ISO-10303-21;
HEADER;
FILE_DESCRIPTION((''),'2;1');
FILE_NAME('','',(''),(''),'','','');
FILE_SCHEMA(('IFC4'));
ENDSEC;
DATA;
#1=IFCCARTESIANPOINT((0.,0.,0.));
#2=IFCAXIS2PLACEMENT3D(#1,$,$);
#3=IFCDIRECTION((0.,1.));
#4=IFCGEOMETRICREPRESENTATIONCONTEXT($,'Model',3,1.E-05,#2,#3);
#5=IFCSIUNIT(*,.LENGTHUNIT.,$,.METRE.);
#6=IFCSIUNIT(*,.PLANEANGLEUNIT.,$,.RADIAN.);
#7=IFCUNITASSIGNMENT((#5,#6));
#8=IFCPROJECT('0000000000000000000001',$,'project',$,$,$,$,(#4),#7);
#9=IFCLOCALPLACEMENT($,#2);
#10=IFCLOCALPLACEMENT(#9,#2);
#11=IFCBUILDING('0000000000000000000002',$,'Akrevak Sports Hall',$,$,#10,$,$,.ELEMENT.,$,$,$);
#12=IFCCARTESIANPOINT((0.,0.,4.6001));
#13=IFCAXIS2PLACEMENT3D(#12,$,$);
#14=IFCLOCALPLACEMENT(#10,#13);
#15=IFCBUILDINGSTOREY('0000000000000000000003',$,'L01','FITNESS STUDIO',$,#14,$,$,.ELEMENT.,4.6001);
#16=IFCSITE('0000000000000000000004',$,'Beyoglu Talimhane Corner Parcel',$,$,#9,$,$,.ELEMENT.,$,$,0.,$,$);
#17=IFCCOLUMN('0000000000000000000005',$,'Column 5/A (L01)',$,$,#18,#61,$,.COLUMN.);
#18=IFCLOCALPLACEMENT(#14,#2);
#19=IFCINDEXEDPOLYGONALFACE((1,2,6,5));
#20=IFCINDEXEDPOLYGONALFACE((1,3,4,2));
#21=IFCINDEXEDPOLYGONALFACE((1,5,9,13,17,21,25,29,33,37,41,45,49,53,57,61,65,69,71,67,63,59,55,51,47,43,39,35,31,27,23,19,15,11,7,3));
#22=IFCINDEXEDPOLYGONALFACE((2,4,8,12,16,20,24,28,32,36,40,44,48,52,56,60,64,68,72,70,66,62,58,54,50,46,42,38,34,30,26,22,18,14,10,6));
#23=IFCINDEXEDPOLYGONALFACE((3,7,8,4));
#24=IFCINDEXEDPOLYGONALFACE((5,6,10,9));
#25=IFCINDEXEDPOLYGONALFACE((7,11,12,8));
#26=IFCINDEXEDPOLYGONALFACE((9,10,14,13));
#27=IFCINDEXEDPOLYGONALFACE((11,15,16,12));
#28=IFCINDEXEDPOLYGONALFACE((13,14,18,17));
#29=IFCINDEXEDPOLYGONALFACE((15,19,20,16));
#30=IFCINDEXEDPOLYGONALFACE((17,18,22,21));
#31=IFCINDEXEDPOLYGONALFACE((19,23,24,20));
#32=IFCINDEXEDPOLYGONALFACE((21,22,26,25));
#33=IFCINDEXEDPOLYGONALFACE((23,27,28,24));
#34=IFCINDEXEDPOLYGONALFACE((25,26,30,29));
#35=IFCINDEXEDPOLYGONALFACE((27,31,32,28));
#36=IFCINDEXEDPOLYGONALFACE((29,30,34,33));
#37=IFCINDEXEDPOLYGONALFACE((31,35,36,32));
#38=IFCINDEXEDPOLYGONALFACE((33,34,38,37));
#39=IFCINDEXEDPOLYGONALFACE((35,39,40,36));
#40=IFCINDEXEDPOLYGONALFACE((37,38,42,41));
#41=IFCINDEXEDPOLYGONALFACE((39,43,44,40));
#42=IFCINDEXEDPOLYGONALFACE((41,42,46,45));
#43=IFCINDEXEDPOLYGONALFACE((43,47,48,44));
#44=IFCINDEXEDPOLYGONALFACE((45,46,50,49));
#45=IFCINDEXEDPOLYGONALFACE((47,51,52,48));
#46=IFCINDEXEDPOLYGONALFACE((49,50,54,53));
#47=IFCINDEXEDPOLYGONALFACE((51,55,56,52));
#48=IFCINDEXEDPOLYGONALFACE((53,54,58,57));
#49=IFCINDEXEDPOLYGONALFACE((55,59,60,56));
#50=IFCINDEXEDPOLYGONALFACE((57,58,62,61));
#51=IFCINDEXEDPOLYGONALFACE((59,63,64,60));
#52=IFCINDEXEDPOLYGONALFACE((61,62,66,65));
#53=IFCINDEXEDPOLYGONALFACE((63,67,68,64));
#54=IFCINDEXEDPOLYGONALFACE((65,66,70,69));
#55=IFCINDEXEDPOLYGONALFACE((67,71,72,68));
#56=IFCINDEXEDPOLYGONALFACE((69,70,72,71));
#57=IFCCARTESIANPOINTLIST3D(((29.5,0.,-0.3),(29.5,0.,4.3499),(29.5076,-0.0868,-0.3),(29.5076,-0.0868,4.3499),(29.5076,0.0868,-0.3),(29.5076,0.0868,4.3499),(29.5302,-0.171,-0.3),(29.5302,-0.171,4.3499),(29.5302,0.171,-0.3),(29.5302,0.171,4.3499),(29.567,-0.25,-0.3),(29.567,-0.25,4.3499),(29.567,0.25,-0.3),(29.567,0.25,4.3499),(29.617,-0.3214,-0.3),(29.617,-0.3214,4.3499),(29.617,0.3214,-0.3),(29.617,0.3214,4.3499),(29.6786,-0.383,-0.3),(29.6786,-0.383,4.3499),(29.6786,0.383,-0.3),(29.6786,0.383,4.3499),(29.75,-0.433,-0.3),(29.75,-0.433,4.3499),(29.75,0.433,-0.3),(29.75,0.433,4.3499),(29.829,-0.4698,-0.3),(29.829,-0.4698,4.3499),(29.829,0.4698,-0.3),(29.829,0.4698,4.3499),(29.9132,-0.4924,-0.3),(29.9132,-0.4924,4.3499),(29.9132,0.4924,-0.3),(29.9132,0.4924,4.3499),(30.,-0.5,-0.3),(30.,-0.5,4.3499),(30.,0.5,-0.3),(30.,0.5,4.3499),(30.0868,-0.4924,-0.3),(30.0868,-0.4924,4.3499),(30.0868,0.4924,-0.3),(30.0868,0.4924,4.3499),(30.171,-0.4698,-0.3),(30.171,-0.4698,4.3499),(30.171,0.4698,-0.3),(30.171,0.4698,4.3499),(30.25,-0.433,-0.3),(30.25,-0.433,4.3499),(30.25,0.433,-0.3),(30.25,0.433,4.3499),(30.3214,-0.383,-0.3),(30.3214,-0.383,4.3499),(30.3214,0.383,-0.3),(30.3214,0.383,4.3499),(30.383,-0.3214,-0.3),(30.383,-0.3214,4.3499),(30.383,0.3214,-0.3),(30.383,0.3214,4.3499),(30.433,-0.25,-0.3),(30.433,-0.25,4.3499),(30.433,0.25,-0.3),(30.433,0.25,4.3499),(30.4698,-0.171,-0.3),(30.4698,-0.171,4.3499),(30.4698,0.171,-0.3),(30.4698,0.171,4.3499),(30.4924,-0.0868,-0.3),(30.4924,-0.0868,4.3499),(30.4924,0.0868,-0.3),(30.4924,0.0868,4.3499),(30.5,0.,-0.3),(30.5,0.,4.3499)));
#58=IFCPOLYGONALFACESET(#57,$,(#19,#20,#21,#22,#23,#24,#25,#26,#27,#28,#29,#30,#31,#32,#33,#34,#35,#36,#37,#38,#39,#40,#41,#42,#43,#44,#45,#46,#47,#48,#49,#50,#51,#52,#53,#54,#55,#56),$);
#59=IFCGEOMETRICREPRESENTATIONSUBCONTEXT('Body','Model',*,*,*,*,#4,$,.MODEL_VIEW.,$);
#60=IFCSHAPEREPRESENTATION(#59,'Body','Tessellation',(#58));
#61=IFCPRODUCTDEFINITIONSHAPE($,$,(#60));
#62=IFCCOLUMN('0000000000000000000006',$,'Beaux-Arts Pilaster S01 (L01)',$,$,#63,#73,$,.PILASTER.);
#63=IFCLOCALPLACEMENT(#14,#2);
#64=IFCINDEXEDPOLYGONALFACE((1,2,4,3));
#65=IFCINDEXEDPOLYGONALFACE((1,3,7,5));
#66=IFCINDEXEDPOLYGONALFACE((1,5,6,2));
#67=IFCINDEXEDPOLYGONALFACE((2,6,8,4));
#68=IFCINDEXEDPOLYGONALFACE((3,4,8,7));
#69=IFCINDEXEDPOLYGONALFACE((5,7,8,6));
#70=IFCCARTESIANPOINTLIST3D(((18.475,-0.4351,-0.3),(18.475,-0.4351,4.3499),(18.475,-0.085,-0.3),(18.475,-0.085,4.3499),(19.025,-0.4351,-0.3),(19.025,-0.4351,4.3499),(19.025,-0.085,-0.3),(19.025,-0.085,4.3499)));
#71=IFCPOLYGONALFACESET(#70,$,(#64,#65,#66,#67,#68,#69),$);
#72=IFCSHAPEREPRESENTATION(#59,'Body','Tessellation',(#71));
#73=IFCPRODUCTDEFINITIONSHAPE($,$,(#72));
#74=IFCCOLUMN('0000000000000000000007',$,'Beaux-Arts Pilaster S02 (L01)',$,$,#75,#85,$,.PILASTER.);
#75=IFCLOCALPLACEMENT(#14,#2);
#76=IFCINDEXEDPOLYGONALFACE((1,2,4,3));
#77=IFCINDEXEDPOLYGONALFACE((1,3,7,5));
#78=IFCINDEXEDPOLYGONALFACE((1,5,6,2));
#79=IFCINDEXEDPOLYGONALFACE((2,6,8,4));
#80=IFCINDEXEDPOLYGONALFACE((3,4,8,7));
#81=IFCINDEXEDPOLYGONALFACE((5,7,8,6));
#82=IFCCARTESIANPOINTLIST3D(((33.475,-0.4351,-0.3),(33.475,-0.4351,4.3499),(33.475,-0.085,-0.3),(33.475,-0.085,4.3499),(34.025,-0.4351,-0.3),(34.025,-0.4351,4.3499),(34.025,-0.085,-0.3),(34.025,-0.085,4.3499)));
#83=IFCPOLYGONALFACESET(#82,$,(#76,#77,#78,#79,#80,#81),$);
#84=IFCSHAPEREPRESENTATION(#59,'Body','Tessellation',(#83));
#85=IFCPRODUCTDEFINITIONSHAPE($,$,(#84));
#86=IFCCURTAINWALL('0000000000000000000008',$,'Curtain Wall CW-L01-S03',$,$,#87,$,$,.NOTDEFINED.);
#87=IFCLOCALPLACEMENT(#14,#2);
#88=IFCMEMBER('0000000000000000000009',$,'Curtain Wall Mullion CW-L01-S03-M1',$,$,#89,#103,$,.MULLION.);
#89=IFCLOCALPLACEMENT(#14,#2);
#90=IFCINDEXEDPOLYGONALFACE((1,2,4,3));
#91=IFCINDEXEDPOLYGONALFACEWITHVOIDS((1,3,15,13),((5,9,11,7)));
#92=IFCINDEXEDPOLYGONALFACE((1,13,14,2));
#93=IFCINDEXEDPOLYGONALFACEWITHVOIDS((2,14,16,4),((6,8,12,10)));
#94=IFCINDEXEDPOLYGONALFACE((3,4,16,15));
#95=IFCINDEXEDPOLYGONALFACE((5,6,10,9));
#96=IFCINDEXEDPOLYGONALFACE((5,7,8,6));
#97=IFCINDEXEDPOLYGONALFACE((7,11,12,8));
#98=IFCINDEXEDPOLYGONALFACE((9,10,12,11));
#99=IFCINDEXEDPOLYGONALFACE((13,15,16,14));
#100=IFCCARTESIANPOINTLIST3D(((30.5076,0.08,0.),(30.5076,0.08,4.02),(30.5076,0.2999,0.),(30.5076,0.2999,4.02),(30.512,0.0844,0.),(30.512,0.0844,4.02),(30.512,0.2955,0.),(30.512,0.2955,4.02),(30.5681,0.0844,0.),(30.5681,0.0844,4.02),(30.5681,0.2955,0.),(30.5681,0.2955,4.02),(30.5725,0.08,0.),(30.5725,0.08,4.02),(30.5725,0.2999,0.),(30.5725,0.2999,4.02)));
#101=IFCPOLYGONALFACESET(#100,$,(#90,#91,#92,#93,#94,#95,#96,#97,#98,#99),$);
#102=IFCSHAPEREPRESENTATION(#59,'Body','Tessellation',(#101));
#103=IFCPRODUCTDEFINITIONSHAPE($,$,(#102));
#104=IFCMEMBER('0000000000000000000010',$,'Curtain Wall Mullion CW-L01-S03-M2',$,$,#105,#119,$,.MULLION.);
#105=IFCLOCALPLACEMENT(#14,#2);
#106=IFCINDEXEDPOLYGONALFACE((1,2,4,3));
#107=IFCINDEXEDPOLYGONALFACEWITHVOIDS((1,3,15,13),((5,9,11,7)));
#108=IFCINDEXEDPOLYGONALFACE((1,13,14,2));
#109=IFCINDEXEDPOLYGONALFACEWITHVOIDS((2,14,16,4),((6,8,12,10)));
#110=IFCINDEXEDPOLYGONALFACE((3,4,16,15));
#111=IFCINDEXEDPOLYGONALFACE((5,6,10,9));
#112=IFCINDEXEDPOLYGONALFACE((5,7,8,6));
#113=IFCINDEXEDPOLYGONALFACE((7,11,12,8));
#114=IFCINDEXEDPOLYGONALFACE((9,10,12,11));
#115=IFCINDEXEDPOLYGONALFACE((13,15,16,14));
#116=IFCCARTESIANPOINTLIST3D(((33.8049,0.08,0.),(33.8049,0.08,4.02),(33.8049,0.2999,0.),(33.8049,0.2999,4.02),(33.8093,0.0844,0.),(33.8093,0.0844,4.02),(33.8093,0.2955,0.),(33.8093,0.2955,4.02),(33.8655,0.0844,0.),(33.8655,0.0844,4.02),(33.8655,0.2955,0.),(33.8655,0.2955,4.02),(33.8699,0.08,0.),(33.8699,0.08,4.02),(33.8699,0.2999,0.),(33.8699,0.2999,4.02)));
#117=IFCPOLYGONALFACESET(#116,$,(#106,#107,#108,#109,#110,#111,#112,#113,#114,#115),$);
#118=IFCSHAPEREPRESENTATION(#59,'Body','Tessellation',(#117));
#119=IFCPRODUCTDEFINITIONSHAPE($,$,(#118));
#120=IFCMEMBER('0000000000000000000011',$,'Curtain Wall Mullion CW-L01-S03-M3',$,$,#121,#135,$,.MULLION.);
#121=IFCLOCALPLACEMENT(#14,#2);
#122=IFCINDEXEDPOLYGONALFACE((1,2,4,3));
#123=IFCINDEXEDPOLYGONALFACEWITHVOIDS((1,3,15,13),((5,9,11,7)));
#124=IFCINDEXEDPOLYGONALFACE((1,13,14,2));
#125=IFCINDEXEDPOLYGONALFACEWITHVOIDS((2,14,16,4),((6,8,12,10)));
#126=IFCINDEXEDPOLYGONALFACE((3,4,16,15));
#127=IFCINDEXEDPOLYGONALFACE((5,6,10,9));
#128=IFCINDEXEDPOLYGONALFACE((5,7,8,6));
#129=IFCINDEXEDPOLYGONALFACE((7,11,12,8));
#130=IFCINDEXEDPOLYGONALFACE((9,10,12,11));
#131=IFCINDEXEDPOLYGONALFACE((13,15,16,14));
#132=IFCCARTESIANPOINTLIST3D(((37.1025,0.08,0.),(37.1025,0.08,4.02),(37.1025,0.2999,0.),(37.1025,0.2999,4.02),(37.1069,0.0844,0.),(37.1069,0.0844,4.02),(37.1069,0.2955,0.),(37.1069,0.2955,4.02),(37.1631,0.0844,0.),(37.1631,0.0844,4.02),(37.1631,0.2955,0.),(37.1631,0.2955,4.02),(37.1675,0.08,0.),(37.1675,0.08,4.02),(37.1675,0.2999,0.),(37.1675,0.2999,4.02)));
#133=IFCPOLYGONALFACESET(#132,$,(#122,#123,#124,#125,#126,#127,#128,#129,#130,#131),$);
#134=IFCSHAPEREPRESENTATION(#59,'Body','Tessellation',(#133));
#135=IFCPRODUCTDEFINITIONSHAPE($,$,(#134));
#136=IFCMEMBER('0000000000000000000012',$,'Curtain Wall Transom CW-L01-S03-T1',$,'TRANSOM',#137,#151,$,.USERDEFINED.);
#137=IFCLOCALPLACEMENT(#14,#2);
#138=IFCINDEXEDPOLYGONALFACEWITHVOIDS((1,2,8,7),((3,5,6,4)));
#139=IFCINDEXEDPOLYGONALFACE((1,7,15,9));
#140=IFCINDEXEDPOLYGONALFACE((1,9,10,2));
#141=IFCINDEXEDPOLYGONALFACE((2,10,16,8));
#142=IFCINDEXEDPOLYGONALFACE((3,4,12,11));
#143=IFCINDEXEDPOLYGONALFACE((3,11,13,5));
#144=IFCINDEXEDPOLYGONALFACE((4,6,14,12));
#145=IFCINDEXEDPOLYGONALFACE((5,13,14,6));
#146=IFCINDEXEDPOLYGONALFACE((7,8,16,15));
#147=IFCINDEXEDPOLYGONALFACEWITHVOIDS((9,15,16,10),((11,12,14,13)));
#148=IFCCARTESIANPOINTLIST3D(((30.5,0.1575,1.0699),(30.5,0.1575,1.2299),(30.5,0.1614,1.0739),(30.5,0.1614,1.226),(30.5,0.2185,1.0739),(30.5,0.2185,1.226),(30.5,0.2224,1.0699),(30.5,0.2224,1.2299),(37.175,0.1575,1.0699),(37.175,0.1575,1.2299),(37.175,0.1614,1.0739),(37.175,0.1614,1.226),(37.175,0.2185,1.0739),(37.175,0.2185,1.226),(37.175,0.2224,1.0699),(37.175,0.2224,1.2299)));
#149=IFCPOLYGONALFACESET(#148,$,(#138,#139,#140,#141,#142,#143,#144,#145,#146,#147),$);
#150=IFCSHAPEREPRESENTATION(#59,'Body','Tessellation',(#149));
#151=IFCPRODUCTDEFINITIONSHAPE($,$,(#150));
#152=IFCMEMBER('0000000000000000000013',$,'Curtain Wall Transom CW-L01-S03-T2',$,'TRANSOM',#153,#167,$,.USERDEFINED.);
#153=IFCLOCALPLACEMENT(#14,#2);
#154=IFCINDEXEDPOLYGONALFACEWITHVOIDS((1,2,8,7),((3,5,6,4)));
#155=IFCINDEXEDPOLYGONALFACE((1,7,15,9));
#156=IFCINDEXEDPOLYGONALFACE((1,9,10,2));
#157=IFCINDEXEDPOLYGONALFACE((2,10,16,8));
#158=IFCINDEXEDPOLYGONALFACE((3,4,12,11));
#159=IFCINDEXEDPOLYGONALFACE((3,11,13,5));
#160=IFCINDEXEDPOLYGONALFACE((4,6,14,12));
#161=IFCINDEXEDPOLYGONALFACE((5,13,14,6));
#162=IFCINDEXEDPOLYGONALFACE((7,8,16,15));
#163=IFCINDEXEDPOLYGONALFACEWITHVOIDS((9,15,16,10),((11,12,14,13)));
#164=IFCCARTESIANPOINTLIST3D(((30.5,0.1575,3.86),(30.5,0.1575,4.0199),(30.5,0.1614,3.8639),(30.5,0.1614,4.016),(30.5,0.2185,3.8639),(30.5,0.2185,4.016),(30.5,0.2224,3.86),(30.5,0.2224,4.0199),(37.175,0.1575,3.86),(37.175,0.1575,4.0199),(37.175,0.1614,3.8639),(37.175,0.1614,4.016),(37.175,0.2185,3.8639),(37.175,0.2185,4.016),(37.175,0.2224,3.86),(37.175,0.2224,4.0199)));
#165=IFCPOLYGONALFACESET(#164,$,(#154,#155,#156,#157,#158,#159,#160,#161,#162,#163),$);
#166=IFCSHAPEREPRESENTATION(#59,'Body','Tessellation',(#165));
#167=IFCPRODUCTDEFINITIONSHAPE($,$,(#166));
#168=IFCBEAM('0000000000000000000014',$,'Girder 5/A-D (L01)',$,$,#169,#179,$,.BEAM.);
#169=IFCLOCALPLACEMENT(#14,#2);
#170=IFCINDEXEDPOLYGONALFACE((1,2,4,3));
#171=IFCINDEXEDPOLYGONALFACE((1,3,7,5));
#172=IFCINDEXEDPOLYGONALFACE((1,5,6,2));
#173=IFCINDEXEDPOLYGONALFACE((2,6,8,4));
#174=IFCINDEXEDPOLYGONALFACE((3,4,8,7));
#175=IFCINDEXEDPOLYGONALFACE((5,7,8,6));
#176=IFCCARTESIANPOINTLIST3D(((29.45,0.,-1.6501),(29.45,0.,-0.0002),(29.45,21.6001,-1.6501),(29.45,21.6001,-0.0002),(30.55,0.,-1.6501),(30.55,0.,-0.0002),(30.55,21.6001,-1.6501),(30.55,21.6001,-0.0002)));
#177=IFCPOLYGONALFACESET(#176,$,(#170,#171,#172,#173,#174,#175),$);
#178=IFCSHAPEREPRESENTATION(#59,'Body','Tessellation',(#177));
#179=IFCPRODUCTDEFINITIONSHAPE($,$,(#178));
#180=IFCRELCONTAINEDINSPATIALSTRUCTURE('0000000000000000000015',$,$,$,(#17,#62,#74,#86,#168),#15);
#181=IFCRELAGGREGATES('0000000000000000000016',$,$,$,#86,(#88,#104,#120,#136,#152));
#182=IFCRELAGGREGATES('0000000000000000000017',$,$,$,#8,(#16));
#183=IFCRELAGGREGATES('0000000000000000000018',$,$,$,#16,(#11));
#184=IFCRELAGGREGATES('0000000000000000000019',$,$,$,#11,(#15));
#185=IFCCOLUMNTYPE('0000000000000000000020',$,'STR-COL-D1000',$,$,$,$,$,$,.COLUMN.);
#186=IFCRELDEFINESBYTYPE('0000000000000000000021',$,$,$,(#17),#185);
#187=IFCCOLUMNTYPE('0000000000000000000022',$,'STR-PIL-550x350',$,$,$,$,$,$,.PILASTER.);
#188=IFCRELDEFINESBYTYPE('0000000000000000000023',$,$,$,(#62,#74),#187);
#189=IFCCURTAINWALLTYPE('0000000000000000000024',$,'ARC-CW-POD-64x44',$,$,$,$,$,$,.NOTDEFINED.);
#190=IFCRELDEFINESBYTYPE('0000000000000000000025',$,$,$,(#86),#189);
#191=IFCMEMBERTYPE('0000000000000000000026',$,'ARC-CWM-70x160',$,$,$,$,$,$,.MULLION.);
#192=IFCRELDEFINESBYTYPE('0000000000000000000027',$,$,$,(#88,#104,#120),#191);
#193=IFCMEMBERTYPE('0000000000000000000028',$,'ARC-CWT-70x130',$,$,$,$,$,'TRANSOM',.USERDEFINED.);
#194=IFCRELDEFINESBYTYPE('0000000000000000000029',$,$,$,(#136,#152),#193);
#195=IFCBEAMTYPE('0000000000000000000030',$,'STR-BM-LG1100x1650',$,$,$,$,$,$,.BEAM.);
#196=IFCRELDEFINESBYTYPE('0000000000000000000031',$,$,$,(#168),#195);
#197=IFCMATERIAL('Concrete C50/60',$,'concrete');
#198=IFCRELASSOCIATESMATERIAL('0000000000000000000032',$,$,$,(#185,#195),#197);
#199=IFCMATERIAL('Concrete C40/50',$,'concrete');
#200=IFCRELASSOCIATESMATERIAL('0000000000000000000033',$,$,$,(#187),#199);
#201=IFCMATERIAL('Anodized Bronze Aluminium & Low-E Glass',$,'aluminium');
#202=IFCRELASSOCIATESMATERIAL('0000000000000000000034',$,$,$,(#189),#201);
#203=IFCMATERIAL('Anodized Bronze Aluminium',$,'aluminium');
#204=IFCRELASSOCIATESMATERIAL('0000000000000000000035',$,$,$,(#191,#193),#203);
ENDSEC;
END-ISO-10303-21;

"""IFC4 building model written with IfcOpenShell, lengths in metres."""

from ifc_helpers import new_model, si_unit, direction, frame, origin, origin_2d, place, context, subcontext, project, spatial, rectangle, hollow_rectangle, circle, extrude, material, material_profile, profile_set, type_object, element, aggregate, save


model = new_model("IFC4")

# Units and contexts
model_context = context("Model", 3, precision=1e-05, world=origin(), true_north=direction((0.0, 1.0)))
body_context = subcontext(model_context, "Body", "Model", "MODEL_VIEW")
ifc_project = project(units=[si_unit("LENGTHUNIT", "METRE"), si_unit("PLANEANGLEUNIT", "RADIAN")], contexts=[model_context])

# Site, building, storey
site_placement = place(None, origin())
site = spatial("IfcSite", under=ifc_project, at=site_placement, Name="Beyoglu Talimhane Corner Parcel", CompositionType="ELEMENT", RefElevation=0.0)
building_placement = place(site_placement, origin())
building = spatial("IfcBuilding", under=site, at=building_placement, Name="Akrevak Sports Hall", CompositionType="ELEMENT")
storey_placement = place(building_placement, frame((0.0, 0.0, 4.6001)))
storey = spatial("IfcBuildingStorey", under=building, at=storey_placement, Name="L01", Description="FITNESS STUDIO", CompositionType="ELEMENT", Elevation=4.6001)

# Columns
ifc_material_1 = material(Name="Concrete C50/60", Category="concrete")
ifc_material_profile_1 = material_profile(ifc_material_1, circle(Radius=0.5, at=origin_2d()), Name="COL D1000", Category="concrete")
ifc_profile_set_1 = profile_set([ifc_material_profile_1], Name="Concrete C50/60")
column_type_1 = type_object("IfcColumnType", Name="STR-COL-D1000", PredefinedType="COLUMN", material=ifc_profile_set_1)
column_placement = place(storey_placement, frame((30.0, 0.0, -0.3), z_axis=(0.0, 0.0, 1.0), x_axis=(1.0, 0.0, 0.0)))
element("IfcColumn", 1, at=column_placement, inside=storey, type_object=column_type_1, Name="Column 5/A (L01)", PredefinedType="COLUMN", context=body_context, shape_type="SweptSolid", body=[
    extrude(circle(Radius=0.5, at=origin_2d()), origin(), (0.0, 0.0, 1.0), 4.6499),
])
ifc_material_2 = material(Name="Concrete C40/50", Category="concrete")
ifc_material_profile_2 = material_profile(ifc_material_2, rectangle(XDim=0.55, YDim=0.3501, at=origin_2d()), Name="PIL 550x350", Category="concrete")
ifc_profile_set_2 = profile_set([ifc_material_profile_2], Name="Concrete C40/50")
column_type_2 = type_object("IfcColumnType", Name="STR-PIL-550x350", PredefinedType="PILASTER", material=ifc_profile_set_2)
for number, where, z_axis, x_axis, name in (
    (2, (18.75, -0.26, -0.3), (0.0, 0.0, 1.0), (1.0, 0.0, 0.0), "Beaux-Arts Pilaster S01 (L01)"),
    (3, (33.75, -0.26, -0.3), (0.0, 0.0, 1.0), (1.0, 0.0, 0.0), "Beaux-Arts Pilaster S02 (L01)"),
):
    element("IfcColumn", number, at=place(storey_placement, frame(where, z_axis=z_axis, x_axis=x_axis)), inside=storey, type_object=column_type_2, Name=name, PredefinedType="PILASTER", context=body_context, shape_type="SweptSolid", body=[
        extrude(rectangle(XDim=0.55, YDim=0.3501, at=origin_2d()), origin(), (0.0, 0.0, 1.0), 4.6499),
    ])

# Curtain wall, members
ifc_material_3 = material(Name="Anodized Bronze Aluminium & Low-E Glass", Category="aluminium")
curtain_wall_type = type_object("IfcCurtainWallType", Name="ARC-CW-POD-64x44", PredefinedType="NOTDEFINED", material=ifc_material_3)
curtain_wall_placement = place(storey_placement, origin())
curtain_wall = element("IfcCurtainWall", 4, at=curtain_wall_placement, inside=storey, type_object=curtain_wall_type, Name="Curtain Wall CW-L01-S03", PredefinedType="NOTDEFINED")
ifc_material_4 = material(Name="Anodized Bronze Aluminium", Category="aluminium")
ifc_material_profile_3 = material_profile(ifc_material_4, hollow_rectangle(XDim=0.0649, YDim=0.22, WallThickness=0.0044, at=origin_2d()), Name="CWM 65x220", Category="aluminium")
ifc_profile_set_3 = profile_set([ifc_material_profile_3], Name="Anodized Bronze Aluminium")
member_type_1 = type_object("IfcMemberType", Name="ARC-CWM-70x160", PredefinedType="MULLION", material=ifc_profile_set_3)
member_1_placement = place(storey_placement, frame((30.54, 0.1899, 0.0), z_axis=(0.0, 0.0, 1.0), x_axis=(1.0, 0.0, 0.0)))
member_1 = element("IfcMember", 5, at=member_1_placement, type_object=member_type_1, Name="Curtain Wall Mullion CW-L01-S03-M1", PredefinedType="MULLION", context=body_context, shape_type="SweptSolid", body=[
    extrude(hollow_rectangle(XDim=0.0649, YDim=0.22, WallThickness=0.0044, at=origin_2d()), origin(), (0.0, 0.0, 1.0), 4.02),
])
member_2_placement = place(storey_placement, frame((33.8374, 0.1899, 0.0), z_axis=(0.0, 0.0, 1.0), x_axis=(1.0, 0.0, 0.0)))
member_2 = element("IfcMember", 6, at=member_2_placement, type_object=member_type_1, Name="Curtain Wall Mullion CW-L01-S03-M2", PredefinedType="MULLION", context=body_context, shape_type="SweptSolid", body=[
    extrude(hollow_rectangle(XDim=0.0649, YDim=0.22, WallThickness=0.0044, at=origin_2d()), origin(), (0.0, 0.0, 1.0), 4.02),
])
member_3_placement = place(storey_placement, frame((37.135, 0.1899, 0.0), z_axis=(0.0, 0.0, 1.0), x_axis=(1.0, 0.0, 0.0)))
member_3 = element("IfcMember", 7, at=member_3_placement, type_object=member_type_1, Name="Curtain Wall Mullion CW-L01-S03-M3", PredefinedType="MULLION", context=body_context, shape_type="SweptSolid", body=[
    extrude(hollow_rectangle(XDim=0.0649, YDim=0.22, WallThickness=0.0044, at=origin_2d()), origin(), (0.0, 0.0, 1.0), 4.02),
])
ifc_material_profile_4 = material_profile(ifc_material_4, hollow_rectangle(XDim=0.0649, YDim=0.1599, WallThickness=0.0039, at=origin_2d()), Name="CWT 65x160", Category="aluminium")
ifc_profile_set_4 = profile_set([ifc_material_profile_4], Name="Anodized Bronze Aluminium")
member_type_2 = type_object("IfcMemberType", Name="ARC-CWT-70x130", ElementType="TRANSOM", PredefinedType="USERDEFINED", material=ifc_profile_set_4)
member_4_placement = place(storey_placement, frame((30.5, 0.1899, 1.1499), z_axis=(1.0, 0.0, 0.0), x_axis=(0.0, 1.0, 0.0)))
member_4 = element("IfcMember", 8, at=member_4_placement, type_object=member_type_2, Name="Curtain Wall Transom CW-L01-S03-T1", ObjectType="TRANSOM", PredefinedType="USERDEFINED", context=body_context, shape_type="SweptSolid", body=[
    extrude(hollow_rectangle(XDim=0.0649, YDim=0.1599, WallThickness=0.0039, at=origin_2d()), origin(), (0.0, 0.0, 1.0), 6.675),
])
member_5_placement = place(storey_placement, frame((30.5, 0.1899, 3.9399), z_axis=(1.0, 0.0, 0.0), x_axis=(0.0, 1.0, 0.0)))
member_5 = element("IfcMember", 9, at=member_5_placement, type_object=member_type_2, Name="Curtain Wall Transom CW-L01-S03-T2", ObjectType="TRANSOM", PredefinedType="USERDEFINED", context=body_context, shape_type="SweptSolid", body=[
    extrude(hollow_rectangle(XDim=0.0649, YDim=0.1599, WallThickness=0.0039, at=origin_2d()), origin(), (0.0, 0.0, 1.0), 6.675),
])

# Beam
ifc_material_profile_5 = material_profile(ifc_material_1, rectangle(XDim=1.1001, YDim=1.6499, at=origin_2d()), Name="BM 1100x1650", Category="concrete")
ifc_profile_set_5 = profile_set([ifc_material_profile_5], Name="Concrete C50/60")
beam_type_1 = type_object("IfcBeamType", Name="STR-BM-LG1100x1650", PredefinedType="BEAM", material=ifc_profile_set_5)
beam_1_placement = place(storey_placement, frame((30.0, 0.0, -0.8252), z_axis=(0.0, 1.0, 0.0), x_axis=(-1.0, 0.0, 0.0)))
element("IfcBeam", 10, at=beam_1_placement, inside=storey, type_object=beam_type_1, Name="Girder 5/A-D (L01)", PredefinedType="BEAM", context=body_context, shape_type="SweptSolid", body=[
    extrude(rectangle(XDim=1.1001, YDim=1.6499, at=origin_2d()), origin(), (0.0, 0.0, 1.0), 21.6001),
])

aggregate(curtain_wall, [member_1, member_2, member_3, member_4, member_5])

save(model, "model.ifc")
